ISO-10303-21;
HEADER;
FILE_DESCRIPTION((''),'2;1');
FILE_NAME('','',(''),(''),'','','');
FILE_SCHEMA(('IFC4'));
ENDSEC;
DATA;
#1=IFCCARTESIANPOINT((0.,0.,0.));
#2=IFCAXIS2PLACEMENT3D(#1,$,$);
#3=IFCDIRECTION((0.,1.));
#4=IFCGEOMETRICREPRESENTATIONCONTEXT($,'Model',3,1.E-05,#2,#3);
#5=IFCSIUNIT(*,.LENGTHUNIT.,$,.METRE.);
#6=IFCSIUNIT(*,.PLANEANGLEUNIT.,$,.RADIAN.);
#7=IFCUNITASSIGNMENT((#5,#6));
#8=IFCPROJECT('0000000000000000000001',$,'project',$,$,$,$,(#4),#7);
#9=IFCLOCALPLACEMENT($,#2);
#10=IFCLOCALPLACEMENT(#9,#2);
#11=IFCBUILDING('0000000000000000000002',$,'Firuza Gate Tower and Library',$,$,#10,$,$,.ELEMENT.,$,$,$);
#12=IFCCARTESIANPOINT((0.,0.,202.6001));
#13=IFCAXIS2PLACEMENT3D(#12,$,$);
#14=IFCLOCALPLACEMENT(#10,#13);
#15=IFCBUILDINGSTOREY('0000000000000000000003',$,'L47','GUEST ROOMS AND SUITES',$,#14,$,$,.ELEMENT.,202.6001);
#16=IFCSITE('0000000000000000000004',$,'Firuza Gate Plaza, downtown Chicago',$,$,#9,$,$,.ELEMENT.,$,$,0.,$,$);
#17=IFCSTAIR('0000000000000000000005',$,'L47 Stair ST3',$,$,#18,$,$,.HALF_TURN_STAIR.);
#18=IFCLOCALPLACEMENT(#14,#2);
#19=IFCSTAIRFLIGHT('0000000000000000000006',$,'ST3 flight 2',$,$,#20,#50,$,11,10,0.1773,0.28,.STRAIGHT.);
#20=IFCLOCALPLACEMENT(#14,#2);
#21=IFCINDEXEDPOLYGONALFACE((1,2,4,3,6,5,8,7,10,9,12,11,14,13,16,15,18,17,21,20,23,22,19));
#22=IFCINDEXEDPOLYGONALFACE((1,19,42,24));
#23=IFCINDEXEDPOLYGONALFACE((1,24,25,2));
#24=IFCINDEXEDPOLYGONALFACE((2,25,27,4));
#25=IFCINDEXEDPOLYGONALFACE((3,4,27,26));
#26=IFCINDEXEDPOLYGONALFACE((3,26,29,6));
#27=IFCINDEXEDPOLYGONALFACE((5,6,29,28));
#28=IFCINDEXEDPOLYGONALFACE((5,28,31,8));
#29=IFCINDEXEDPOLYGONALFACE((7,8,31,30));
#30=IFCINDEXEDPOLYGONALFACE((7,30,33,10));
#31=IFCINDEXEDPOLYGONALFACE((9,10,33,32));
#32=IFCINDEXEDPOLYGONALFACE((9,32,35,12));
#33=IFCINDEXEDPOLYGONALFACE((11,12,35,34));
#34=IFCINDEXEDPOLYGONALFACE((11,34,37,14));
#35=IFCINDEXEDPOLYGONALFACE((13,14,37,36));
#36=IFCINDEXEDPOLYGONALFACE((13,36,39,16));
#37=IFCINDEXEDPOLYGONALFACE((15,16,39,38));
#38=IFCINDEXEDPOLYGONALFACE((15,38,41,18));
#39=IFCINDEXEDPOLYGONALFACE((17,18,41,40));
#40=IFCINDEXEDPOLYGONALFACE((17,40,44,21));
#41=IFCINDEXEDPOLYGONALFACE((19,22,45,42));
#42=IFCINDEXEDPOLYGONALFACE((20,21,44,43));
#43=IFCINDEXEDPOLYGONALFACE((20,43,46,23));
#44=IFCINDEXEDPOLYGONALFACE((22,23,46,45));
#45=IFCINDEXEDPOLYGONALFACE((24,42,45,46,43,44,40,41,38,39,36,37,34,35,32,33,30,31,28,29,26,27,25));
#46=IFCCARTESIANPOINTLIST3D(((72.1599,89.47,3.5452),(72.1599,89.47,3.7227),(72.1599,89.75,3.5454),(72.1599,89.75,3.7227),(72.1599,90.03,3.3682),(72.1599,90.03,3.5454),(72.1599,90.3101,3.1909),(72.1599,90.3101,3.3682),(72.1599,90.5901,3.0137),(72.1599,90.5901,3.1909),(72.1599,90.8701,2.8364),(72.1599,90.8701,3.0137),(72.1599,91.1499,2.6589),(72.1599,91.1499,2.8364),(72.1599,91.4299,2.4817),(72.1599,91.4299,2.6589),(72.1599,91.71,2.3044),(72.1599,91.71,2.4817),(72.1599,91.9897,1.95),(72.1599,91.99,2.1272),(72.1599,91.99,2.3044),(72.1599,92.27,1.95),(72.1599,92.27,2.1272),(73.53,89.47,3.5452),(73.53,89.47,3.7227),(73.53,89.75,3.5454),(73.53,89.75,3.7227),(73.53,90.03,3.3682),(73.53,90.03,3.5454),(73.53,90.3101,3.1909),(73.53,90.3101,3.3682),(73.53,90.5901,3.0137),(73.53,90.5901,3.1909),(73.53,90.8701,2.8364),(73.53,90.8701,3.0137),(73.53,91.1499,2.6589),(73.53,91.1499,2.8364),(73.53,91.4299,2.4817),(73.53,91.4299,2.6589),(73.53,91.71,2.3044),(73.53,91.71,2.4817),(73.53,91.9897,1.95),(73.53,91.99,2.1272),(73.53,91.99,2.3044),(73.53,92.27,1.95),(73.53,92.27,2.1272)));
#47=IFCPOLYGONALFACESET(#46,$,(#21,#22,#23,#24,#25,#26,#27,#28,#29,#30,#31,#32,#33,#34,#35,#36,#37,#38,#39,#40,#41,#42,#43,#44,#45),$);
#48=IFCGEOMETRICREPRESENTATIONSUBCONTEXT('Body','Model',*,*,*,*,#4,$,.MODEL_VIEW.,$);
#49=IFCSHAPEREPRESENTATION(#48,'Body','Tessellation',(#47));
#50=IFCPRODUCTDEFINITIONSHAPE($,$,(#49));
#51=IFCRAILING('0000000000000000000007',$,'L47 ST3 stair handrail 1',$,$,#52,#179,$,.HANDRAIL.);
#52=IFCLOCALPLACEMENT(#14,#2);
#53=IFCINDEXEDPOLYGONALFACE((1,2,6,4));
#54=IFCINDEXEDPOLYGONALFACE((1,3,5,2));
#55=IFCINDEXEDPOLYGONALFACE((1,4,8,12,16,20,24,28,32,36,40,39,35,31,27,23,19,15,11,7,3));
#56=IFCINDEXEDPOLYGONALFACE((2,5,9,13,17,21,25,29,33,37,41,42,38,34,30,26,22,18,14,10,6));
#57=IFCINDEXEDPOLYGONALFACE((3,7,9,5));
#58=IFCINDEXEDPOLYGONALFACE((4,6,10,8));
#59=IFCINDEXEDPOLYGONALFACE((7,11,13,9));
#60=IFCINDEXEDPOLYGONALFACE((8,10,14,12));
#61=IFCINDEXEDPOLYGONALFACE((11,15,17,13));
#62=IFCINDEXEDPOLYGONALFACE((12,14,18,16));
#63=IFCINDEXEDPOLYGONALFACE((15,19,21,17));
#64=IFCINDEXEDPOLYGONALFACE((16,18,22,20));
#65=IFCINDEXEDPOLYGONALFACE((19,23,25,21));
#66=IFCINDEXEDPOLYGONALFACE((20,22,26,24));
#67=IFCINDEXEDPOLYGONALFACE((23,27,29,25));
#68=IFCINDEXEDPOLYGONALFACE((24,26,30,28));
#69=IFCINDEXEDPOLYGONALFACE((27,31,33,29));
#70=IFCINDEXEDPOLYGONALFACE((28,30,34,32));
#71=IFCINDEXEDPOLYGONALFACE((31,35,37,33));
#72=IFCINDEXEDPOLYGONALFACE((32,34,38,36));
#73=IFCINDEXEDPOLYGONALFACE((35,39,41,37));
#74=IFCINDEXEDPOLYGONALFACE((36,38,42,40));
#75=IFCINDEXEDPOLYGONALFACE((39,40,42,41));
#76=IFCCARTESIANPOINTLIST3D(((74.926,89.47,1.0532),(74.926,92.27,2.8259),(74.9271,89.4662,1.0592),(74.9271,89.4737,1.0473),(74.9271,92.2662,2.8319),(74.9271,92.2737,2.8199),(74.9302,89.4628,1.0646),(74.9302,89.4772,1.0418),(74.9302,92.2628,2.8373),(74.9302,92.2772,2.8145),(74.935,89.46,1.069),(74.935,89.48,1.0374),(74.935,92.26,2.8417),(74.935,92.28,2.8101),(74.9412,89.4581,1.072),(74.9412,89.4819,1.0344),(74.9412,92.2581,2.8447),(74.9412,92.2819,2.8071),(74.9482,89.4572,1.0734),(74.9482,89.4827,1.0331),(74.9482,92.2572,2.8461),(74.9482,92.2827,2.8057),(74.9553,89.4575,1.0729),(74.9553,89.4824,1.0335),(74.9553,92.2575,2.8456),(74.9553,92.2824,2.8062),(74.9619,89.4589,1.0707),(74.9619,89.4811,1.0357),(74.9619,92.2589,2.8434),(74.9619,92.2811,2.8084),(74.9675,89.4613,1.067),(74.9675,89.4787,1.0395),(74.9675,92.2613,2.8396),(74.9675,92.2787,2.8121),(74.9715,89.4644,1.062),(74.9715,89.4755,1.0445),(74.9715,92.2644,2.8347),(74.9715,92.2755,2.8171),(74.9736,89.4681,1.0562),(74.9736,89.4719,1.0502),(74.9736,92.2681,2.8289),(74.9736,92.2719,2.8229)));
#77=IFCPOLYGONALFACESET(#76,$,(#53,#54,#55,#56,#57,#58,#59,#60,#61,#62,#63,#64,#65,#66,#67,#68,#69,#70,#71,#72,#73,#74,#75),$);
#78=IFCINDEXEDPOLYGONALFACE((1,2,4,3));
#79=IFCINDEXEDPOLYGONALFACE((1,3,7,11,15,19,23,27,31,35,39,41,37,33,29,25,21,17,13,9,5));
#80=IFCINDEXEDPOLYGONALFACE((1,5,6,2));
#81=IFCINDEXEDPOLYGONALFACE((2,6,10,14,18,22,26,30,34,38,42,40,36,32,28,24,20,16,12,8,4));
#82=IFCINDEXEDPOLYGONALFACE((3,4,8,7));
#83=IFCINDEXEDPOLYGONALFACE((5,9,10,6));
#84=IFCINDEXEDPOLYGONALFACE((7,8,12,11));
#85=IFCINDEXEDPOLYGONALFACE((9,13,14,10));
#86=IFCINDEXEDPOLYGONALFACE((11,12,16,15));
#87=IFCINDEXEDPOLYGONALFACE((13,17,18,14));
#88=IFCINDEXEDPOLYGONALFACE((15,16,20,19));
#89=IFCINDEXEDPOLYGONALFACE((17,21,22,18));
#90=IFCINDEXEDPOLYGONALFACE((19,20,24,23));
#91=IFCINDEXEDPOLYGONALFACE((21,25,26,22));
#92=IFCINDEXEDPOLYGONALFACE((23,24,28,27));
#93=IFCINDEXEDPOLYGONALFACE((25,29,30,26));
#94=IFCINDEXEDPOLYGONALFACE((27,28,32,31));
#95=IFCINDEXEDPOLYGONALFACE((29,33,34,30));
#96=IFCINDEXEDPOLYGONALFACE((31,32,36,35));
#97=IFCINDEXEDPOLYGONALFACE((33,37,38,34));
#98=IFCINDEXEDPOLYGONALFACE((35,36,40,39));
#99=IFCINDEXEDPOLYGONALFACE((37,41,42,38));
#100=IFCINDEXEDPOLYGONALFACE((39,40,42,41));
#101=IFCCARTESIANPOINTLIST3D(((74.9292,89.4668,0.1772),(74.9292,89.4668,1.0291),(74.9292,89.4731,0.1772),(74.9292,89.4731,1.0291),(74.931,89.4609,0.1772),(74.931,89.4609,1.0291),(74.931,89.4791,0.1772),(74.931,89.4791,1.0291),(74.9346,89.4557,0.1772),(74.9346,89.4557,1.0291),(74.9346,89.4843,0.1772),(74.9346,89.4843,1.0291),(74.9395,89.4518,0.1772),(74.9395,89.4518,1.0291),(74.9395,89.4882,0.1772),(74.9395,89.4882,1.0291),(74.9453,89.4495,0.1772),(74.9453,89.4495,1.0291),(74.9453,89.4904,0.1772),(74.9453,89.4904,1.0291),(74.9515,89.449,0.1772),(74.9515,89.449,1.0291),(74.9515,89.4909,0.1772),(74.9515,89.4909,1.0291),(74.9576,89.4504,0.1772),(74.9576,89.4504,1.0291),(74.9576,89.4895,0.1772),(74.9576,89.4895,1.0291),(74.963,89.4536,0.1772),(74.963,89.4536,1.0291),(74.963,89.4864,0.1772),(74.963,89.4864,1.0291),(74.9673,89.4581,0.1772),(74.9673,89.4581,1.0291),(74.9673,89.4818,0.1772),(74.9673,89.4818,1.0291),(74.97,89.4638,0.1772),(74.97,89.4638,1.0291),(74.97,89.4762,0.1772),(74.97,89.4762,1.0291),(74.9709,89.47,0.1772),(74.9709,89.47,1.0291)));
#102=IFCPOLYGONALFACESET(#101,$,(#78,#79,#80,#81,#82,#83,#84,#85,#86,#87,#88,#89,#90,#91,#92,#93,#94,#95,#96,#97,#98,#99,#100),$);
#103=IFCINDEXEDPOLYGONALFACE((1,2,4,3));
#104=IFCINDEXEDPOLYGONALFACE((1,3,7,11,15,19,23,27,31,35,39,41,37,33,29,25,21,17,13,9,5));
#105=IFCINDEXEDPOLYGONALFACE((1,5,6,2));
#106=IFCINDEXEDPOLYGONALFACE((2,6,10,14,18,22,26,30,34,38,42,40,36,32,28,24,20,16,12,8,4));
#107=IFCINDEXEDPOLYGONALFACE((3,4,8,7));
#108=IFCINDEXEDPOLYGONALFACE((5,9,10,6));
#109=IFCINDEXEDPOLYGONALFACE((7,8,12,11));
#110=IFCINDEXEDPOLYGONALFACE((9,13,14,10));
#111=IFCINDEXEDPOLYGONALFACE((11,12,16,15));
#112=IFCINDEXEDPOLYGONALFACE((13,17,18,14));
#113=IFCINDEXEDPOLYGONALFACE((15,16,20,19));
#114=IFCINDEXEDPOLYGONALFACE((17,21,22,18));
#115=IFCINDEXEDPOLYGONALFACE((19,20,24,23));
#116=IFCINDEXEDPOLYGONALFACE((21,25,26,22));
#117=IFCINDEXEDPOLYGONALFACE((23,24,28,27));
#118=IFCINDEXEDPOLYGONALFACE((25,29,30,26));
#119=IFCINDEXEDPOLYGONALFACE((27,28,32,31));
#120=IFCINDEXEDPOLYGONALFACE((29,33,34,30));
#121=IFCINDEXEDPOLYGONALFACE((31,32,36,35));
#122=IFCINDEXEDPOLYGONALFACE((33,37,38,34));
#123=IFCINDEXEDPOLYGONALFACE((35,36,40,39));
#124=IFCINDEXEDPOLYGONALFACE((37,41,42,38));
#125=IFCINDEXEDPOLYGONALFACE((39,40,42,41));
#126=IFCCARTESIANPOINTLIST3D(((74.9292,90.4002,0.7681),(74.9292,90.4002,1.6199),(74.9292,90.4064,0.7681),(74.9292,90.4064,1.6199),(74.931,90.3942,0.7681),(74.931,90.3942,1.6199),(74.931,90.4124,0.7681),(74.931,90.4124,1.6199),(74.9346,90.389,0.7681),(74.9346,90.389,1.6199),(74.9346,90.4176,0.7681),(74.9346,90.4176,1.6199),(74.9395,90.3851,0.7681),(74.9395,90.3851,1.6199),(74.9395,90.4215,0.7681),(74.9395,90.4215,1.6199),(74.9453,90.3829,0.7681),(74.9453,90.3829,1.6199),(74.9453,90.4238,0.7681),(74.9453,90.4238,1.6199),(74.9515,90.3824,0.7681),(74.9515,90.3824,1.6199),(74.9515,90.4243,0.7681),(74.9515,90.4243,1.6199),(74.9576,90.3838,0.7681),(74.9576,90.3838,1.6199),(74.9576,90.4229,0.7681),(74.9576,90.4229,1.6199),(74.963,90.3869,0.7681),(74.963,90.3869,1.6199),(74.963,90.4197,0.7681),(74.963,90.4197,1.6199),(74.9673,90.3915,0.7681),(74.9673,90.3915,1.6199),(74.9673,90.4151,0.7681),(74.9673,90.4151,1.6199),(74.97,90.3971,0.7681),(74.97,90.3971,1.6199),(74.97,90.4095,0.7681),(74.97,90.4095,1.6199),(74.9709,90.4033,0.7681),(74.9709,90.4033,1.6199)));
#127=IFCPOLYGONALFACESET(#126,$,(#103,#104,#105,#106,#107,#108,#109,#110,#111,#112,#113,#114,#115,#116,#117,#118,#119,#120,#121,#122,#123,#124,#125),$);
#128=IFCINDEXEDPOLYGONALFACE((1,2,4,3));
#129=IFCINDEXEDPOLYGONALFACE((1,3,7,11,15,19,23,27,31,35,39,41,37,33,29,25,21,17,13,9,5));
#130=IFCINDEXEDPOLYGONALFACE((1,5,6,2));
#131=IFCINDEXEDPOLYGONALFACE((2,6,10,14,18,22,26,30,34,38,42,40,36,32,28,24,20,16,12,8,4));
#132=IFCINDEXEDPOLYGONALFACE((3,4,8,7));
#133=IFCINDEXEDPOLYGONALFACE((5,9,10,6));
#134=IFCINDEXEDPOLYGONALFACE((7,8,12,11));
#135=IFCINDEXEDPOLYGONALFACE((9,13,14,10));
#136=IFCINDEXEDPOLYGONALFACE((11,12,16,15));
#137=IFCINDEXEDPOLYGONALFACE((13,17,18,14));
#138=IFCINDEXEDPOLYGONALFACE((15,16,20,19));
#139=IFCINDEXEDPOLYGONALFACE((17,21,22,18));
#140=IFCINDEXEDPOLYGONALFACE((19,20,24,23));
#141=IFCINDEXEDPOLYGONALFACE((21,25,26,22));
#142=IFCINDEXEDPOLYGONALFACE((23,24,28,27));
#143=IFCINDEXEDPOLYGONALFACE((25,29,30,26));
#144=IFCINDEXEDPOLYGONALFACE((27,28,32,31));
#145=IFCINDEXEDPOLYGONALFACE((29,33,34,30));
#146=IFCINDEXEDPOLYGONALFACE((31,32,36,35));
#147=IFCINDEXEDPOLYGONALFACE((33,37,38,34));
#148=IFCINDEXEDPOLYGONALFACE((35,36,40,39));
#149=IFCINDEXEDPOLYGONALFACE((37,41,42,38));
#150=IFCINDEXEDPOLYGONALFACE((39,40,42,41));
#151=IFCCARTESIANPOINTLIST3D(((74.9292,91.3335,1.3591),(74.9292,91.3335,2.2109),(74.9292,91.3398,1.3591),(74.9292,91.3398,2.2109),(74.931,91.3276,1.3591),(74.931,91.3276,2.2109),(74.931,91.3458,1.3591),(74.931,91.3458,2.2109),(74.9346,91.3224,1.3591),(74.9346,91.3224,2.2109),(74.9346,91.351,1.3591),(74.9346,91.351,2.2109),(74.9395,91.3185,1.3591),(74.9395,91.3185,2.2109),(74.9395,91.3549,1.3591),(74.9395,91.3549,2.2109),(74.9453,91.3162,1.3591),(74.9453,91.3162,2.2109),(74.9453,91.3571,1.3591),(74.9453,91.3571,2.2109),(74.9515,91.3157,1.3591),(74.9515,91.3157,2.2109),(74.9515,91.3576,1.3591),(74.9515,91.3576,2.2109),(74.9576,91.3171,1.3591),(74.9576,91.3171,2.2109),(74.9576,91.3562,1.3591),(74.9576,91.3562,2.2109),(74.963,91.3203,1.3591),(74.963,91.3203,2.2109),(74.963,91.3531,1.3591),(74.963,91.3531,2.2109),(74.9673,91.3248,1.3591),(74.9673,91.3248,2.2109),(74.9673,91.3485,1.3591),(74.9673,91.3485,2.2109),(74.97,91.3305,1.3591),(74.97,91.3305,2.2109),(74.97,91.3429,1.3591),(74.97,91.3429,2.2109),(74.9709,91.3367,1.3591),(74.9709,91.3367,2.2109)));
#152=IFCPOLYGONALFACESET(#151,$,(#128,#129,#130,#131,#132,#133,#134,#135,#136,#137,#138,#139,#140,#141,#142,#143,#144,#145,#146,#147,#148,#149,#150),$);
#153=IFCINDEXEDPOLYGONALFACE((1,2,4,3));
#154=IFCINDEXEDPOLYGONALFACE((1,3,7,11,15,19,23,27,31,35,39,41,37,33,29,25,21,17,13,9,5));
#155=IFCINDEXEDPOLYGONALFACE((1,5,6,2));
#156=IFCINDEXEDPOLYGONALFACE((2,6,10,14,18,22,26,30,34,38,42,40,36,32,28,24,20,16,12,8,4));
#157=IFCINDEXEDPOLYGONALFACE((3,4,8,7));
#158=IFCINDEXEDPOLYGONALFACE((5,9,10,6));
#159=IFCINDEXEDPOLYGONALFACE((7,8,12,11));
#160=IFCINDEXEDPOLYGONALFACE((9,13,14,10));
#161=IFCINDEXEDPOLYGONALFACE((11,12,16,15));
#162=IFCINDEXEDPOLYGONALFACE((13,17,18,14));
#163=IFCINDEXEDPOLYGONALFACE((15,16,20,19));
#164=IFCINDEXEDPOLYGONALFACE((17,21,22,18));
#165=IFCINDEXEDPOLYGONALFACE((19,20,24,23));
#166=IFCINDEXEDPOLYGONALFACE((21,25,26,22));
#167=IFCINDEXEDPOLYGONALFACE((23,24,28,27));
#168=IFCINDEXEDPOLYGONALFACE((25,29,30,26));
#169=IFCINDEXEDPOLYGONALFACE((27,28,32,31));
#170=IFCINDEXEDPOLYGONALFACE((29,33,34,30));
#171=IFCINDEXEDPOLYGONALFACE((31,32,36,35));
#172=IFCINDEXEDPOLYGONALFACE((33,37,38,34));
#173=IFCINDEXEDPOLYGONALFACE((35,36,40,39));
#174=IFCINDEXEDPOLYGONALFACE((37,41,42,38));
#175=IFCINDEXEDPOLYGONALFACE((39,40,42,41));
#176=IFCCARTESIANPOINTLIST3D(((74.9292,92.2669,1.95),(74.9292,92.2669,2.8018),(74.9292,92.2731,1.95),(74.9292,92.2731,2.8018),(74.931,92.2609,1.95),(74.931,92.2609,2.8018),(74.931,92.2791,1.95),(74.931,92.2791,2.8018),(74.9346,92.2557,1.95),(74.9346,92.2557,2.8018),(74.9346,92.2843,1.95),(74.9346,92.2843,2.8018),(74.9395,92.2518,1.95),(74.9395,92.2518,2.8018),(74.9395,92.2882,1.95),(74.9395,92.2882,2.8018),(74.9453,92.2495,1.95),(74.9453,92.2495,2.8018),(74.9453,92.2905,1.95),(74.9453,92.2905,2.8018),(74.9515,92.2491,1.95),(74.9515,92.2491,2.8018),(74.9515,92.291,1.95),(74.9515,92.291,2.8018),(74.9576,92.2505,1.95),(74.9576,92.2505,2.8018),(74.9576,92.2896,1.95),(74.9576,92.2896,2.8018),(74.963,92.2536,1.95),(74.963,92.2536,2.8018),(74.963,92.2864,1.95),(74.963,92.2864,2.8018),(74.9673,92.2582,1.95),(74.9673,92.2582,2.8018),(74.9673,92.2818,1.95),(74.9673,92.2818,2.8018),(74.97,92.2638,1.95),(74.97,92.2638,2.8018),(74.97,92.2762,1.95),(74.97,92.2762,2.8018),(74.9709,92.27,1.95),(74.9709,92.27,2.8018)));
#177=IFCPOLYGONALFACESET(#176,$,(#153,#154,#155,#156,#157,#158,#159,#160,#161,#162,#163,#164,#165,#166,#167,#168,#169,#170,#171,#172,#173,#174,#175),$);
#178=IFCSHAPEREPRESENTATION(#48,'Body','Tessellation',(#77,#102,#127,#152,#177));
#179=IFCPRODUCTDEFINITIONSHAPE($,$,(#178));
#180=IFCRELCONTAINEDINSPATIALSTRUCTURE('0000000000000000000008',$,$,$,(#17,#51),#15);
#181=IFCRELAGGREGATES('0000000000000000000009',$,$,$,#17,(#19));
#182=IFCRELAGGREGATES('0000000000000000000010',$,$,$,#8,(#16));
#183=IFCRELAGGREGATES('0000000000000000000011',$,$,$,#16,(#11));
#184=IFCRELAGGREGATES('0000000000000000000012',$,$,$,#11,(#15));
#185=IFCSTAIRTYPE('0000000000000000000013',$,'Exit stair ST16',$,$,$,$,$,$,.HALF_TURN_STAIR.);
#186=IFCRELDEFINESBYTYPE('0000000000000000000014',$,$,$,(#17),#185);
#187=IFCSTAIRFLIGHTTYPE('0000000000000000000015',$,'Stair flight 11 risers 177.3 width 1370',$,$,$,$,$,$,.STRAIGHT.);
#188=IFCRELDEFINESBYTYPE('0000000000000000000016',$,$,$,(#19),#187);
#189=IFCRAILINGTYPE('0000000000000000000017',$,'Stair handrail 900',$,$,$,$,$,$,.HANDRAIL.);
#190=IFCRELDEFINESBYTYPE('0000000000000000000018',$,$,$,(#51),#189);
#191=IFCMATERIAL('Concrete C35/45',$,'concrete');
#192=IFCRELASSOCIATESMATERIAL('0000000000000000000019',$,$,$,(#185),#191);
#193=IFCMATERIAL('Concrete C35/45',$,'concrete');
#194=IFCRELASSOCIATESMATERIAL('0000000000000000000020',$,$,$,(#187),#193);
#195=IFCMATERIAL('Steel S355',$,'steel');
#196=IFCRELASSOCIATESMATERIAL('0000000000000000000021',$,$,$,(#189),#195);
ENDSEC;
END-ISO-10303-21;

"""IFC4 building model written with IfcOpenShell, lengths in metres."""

from ifc_helpers import new_model, si_unit, direction, frame, origin, origin_2d, place, context, subcontext, project, spatial, polyline, circle, outline, extrude, material, type_object, element, aggregate, save


model = new_model("IFC4")

# Units and contexts
model_context = context("Model", 3, precision=1e-05, world=origin(), true_north=direction((0.0, 1.0)))
body_context = subcontext(model_context, "Body", "Model", "MODEL_VIEW")
ifc_project = project(units=[si_unit("LENGTHUNIT", "METRE"), si_unit("PLANEANGLEUNIT", "RADIAN")], contexts=[model_context])

# Site, building, storey
site_placement = place(None, origin())
site = spatial("IfcSite", under=ifc_project, at=site_placement, Name="Firuza Gate Plaza, downtown Chicago", CompositionType="ELEMENT", RefElevation=0.0)
building_placement = place(site_placement, origin())
building = spatial("IfcBuilding", under=site, at=building_placement, Name="Firuza Gate Tower and Library", CompositionType="ELEMENT")
storey_placement = place(building_placement, frame((0.0, 0.0, 202.6001)))
storey = spatial("IfcBuildingStorey", under=building, at=storey_placement, Name="L47", Description="GUEST ROOMS AND SUITES", CompositionType="ELEMENT", Elevation=202.6001)

# Stair, stair flight
ifc_material_1 = material(Name="Concrete C35/45", Category="concrete")
stair_type = type_object("IfcStairType", Name="Exit stair ST16", PredefinedType="HALF_TURN_STAIR", material=ifc_material_1)
stair_placement = place(storey_placement, origin())
stair = element("IfcStair", 1, at=stair_placement, inside=storey, type_object=stair_type, Name="L47 Stair ST3", PredefinedType="HALF_TURN_STAIR")
ifc_material_2 = material(Name="Concrete C35/45", Category="concrete")
stair_flight_type = type_object("IfcStairFlightType", Name="Stair flight 11 risers 177.3 width 1370", PredefinedType="STRAIGHT", material=ifc_material_2)
stair_flight_1_placement = place(storey_placement, frame((72.845, 92.27, 1.95), z_axis=(0.0, 0.0, 1.0), x_axis=(0.0, -1.0, 0.0)))
stair_flight_1 = element("IfcStairFlight", 2, at=stair_flight_1_placement, type_object=stair_flight_type, Name="ST3 flight 2", NumberOfRisers=11, NumberOfTreads=10, PredefinedType="STRAIGHT", RiserHeight=0.1773, TreadLength=0.28, context=body_context, shape_type="SweptSolid", body=[
    extrude(outline(polyline([(0.0, 0.0), (0.0, 0.1772), (0.28, 0.1772), (0.28, 0.3545), (0.5601, 0.3545), (0.5601, 0.5317), (0.8401, 0.5317), (0.8401, 0.709), (1.1201, 0.709), (1.1201, 0.8865), (1.3999, 0.8865), (1.3999, 1.0637), (1.6799, 1.0637), (1.6799, 1.241), (1.96, 1.241), (1.96, 1.4182), (2.24, 1.4182), (2.24, 1.5955), (2.52, 1.5955), (2.52, 1.7727), (2.8, 1.7727), (2.8, 1.95), (2.8, 1.5952), (0.2803, 0.0), (0.0, 0.0)])), frame((0.0, 0.6851, 0.0), z_axis=(0.0, -1.0, 0.0), x_axis=(1.0, 0.0, 0.0)), (0.0, 0.0, 1.0), 1.3701),
])
aggregate(stair, [stair_flight_1])

# Railing
ifc_material_3 = material(Name="Steel S355", Category="steel")
railing_type_1 = type_object("IfcRailingType", Name="Stair handrail 900", PredefinedType="HANDRAIL", material=ifc_material_3)
railing_1_placement = place(storey_placement, frame((74.95, 89.47, 0.1772)))
element("IfcRailing", 3, at=railing_1_placement, inside=storey, type_object=railing_type_1, Name="L47 ST3 stair handrail 1", PredefinedType="HANDRAIL", context=body_context, shape_type="SweptSolid", body=[
    extrude(circle(Radius=0.0239, at=origin_2d()), frame((0.0, 0.0, 0.876), z_axis=(0.0, 0.844909, 0.53491), x_axis=(-1.0, 0.0, 0.0)), (0.0, 0.0, 1.0), 3.314),
    extrude(circle(Radius=0.021, at=origin_2d()), origin(), (0.0, 0.0, 1.0), 0.8518),
    extrude(circle(Radius=0.021, at=origin_2d()), frame((0.0, 0.9333, 0.5908)), (0.0, 0.0, 1.0), 0.8518),
    extrude(circle(Radius=0.021, at=origin_2d()), frame((0.0, 1.8667, 1.1819)), (0.0, 0.0, 1.0), 0.8518),
    extrude(circle(Radius=0.021, at=origin_2d()), frame((0.0, 2.8, 1.7727)), (0.0, 0.0, 1.0), 0.8518),
])

save(model, "model.ifc")
